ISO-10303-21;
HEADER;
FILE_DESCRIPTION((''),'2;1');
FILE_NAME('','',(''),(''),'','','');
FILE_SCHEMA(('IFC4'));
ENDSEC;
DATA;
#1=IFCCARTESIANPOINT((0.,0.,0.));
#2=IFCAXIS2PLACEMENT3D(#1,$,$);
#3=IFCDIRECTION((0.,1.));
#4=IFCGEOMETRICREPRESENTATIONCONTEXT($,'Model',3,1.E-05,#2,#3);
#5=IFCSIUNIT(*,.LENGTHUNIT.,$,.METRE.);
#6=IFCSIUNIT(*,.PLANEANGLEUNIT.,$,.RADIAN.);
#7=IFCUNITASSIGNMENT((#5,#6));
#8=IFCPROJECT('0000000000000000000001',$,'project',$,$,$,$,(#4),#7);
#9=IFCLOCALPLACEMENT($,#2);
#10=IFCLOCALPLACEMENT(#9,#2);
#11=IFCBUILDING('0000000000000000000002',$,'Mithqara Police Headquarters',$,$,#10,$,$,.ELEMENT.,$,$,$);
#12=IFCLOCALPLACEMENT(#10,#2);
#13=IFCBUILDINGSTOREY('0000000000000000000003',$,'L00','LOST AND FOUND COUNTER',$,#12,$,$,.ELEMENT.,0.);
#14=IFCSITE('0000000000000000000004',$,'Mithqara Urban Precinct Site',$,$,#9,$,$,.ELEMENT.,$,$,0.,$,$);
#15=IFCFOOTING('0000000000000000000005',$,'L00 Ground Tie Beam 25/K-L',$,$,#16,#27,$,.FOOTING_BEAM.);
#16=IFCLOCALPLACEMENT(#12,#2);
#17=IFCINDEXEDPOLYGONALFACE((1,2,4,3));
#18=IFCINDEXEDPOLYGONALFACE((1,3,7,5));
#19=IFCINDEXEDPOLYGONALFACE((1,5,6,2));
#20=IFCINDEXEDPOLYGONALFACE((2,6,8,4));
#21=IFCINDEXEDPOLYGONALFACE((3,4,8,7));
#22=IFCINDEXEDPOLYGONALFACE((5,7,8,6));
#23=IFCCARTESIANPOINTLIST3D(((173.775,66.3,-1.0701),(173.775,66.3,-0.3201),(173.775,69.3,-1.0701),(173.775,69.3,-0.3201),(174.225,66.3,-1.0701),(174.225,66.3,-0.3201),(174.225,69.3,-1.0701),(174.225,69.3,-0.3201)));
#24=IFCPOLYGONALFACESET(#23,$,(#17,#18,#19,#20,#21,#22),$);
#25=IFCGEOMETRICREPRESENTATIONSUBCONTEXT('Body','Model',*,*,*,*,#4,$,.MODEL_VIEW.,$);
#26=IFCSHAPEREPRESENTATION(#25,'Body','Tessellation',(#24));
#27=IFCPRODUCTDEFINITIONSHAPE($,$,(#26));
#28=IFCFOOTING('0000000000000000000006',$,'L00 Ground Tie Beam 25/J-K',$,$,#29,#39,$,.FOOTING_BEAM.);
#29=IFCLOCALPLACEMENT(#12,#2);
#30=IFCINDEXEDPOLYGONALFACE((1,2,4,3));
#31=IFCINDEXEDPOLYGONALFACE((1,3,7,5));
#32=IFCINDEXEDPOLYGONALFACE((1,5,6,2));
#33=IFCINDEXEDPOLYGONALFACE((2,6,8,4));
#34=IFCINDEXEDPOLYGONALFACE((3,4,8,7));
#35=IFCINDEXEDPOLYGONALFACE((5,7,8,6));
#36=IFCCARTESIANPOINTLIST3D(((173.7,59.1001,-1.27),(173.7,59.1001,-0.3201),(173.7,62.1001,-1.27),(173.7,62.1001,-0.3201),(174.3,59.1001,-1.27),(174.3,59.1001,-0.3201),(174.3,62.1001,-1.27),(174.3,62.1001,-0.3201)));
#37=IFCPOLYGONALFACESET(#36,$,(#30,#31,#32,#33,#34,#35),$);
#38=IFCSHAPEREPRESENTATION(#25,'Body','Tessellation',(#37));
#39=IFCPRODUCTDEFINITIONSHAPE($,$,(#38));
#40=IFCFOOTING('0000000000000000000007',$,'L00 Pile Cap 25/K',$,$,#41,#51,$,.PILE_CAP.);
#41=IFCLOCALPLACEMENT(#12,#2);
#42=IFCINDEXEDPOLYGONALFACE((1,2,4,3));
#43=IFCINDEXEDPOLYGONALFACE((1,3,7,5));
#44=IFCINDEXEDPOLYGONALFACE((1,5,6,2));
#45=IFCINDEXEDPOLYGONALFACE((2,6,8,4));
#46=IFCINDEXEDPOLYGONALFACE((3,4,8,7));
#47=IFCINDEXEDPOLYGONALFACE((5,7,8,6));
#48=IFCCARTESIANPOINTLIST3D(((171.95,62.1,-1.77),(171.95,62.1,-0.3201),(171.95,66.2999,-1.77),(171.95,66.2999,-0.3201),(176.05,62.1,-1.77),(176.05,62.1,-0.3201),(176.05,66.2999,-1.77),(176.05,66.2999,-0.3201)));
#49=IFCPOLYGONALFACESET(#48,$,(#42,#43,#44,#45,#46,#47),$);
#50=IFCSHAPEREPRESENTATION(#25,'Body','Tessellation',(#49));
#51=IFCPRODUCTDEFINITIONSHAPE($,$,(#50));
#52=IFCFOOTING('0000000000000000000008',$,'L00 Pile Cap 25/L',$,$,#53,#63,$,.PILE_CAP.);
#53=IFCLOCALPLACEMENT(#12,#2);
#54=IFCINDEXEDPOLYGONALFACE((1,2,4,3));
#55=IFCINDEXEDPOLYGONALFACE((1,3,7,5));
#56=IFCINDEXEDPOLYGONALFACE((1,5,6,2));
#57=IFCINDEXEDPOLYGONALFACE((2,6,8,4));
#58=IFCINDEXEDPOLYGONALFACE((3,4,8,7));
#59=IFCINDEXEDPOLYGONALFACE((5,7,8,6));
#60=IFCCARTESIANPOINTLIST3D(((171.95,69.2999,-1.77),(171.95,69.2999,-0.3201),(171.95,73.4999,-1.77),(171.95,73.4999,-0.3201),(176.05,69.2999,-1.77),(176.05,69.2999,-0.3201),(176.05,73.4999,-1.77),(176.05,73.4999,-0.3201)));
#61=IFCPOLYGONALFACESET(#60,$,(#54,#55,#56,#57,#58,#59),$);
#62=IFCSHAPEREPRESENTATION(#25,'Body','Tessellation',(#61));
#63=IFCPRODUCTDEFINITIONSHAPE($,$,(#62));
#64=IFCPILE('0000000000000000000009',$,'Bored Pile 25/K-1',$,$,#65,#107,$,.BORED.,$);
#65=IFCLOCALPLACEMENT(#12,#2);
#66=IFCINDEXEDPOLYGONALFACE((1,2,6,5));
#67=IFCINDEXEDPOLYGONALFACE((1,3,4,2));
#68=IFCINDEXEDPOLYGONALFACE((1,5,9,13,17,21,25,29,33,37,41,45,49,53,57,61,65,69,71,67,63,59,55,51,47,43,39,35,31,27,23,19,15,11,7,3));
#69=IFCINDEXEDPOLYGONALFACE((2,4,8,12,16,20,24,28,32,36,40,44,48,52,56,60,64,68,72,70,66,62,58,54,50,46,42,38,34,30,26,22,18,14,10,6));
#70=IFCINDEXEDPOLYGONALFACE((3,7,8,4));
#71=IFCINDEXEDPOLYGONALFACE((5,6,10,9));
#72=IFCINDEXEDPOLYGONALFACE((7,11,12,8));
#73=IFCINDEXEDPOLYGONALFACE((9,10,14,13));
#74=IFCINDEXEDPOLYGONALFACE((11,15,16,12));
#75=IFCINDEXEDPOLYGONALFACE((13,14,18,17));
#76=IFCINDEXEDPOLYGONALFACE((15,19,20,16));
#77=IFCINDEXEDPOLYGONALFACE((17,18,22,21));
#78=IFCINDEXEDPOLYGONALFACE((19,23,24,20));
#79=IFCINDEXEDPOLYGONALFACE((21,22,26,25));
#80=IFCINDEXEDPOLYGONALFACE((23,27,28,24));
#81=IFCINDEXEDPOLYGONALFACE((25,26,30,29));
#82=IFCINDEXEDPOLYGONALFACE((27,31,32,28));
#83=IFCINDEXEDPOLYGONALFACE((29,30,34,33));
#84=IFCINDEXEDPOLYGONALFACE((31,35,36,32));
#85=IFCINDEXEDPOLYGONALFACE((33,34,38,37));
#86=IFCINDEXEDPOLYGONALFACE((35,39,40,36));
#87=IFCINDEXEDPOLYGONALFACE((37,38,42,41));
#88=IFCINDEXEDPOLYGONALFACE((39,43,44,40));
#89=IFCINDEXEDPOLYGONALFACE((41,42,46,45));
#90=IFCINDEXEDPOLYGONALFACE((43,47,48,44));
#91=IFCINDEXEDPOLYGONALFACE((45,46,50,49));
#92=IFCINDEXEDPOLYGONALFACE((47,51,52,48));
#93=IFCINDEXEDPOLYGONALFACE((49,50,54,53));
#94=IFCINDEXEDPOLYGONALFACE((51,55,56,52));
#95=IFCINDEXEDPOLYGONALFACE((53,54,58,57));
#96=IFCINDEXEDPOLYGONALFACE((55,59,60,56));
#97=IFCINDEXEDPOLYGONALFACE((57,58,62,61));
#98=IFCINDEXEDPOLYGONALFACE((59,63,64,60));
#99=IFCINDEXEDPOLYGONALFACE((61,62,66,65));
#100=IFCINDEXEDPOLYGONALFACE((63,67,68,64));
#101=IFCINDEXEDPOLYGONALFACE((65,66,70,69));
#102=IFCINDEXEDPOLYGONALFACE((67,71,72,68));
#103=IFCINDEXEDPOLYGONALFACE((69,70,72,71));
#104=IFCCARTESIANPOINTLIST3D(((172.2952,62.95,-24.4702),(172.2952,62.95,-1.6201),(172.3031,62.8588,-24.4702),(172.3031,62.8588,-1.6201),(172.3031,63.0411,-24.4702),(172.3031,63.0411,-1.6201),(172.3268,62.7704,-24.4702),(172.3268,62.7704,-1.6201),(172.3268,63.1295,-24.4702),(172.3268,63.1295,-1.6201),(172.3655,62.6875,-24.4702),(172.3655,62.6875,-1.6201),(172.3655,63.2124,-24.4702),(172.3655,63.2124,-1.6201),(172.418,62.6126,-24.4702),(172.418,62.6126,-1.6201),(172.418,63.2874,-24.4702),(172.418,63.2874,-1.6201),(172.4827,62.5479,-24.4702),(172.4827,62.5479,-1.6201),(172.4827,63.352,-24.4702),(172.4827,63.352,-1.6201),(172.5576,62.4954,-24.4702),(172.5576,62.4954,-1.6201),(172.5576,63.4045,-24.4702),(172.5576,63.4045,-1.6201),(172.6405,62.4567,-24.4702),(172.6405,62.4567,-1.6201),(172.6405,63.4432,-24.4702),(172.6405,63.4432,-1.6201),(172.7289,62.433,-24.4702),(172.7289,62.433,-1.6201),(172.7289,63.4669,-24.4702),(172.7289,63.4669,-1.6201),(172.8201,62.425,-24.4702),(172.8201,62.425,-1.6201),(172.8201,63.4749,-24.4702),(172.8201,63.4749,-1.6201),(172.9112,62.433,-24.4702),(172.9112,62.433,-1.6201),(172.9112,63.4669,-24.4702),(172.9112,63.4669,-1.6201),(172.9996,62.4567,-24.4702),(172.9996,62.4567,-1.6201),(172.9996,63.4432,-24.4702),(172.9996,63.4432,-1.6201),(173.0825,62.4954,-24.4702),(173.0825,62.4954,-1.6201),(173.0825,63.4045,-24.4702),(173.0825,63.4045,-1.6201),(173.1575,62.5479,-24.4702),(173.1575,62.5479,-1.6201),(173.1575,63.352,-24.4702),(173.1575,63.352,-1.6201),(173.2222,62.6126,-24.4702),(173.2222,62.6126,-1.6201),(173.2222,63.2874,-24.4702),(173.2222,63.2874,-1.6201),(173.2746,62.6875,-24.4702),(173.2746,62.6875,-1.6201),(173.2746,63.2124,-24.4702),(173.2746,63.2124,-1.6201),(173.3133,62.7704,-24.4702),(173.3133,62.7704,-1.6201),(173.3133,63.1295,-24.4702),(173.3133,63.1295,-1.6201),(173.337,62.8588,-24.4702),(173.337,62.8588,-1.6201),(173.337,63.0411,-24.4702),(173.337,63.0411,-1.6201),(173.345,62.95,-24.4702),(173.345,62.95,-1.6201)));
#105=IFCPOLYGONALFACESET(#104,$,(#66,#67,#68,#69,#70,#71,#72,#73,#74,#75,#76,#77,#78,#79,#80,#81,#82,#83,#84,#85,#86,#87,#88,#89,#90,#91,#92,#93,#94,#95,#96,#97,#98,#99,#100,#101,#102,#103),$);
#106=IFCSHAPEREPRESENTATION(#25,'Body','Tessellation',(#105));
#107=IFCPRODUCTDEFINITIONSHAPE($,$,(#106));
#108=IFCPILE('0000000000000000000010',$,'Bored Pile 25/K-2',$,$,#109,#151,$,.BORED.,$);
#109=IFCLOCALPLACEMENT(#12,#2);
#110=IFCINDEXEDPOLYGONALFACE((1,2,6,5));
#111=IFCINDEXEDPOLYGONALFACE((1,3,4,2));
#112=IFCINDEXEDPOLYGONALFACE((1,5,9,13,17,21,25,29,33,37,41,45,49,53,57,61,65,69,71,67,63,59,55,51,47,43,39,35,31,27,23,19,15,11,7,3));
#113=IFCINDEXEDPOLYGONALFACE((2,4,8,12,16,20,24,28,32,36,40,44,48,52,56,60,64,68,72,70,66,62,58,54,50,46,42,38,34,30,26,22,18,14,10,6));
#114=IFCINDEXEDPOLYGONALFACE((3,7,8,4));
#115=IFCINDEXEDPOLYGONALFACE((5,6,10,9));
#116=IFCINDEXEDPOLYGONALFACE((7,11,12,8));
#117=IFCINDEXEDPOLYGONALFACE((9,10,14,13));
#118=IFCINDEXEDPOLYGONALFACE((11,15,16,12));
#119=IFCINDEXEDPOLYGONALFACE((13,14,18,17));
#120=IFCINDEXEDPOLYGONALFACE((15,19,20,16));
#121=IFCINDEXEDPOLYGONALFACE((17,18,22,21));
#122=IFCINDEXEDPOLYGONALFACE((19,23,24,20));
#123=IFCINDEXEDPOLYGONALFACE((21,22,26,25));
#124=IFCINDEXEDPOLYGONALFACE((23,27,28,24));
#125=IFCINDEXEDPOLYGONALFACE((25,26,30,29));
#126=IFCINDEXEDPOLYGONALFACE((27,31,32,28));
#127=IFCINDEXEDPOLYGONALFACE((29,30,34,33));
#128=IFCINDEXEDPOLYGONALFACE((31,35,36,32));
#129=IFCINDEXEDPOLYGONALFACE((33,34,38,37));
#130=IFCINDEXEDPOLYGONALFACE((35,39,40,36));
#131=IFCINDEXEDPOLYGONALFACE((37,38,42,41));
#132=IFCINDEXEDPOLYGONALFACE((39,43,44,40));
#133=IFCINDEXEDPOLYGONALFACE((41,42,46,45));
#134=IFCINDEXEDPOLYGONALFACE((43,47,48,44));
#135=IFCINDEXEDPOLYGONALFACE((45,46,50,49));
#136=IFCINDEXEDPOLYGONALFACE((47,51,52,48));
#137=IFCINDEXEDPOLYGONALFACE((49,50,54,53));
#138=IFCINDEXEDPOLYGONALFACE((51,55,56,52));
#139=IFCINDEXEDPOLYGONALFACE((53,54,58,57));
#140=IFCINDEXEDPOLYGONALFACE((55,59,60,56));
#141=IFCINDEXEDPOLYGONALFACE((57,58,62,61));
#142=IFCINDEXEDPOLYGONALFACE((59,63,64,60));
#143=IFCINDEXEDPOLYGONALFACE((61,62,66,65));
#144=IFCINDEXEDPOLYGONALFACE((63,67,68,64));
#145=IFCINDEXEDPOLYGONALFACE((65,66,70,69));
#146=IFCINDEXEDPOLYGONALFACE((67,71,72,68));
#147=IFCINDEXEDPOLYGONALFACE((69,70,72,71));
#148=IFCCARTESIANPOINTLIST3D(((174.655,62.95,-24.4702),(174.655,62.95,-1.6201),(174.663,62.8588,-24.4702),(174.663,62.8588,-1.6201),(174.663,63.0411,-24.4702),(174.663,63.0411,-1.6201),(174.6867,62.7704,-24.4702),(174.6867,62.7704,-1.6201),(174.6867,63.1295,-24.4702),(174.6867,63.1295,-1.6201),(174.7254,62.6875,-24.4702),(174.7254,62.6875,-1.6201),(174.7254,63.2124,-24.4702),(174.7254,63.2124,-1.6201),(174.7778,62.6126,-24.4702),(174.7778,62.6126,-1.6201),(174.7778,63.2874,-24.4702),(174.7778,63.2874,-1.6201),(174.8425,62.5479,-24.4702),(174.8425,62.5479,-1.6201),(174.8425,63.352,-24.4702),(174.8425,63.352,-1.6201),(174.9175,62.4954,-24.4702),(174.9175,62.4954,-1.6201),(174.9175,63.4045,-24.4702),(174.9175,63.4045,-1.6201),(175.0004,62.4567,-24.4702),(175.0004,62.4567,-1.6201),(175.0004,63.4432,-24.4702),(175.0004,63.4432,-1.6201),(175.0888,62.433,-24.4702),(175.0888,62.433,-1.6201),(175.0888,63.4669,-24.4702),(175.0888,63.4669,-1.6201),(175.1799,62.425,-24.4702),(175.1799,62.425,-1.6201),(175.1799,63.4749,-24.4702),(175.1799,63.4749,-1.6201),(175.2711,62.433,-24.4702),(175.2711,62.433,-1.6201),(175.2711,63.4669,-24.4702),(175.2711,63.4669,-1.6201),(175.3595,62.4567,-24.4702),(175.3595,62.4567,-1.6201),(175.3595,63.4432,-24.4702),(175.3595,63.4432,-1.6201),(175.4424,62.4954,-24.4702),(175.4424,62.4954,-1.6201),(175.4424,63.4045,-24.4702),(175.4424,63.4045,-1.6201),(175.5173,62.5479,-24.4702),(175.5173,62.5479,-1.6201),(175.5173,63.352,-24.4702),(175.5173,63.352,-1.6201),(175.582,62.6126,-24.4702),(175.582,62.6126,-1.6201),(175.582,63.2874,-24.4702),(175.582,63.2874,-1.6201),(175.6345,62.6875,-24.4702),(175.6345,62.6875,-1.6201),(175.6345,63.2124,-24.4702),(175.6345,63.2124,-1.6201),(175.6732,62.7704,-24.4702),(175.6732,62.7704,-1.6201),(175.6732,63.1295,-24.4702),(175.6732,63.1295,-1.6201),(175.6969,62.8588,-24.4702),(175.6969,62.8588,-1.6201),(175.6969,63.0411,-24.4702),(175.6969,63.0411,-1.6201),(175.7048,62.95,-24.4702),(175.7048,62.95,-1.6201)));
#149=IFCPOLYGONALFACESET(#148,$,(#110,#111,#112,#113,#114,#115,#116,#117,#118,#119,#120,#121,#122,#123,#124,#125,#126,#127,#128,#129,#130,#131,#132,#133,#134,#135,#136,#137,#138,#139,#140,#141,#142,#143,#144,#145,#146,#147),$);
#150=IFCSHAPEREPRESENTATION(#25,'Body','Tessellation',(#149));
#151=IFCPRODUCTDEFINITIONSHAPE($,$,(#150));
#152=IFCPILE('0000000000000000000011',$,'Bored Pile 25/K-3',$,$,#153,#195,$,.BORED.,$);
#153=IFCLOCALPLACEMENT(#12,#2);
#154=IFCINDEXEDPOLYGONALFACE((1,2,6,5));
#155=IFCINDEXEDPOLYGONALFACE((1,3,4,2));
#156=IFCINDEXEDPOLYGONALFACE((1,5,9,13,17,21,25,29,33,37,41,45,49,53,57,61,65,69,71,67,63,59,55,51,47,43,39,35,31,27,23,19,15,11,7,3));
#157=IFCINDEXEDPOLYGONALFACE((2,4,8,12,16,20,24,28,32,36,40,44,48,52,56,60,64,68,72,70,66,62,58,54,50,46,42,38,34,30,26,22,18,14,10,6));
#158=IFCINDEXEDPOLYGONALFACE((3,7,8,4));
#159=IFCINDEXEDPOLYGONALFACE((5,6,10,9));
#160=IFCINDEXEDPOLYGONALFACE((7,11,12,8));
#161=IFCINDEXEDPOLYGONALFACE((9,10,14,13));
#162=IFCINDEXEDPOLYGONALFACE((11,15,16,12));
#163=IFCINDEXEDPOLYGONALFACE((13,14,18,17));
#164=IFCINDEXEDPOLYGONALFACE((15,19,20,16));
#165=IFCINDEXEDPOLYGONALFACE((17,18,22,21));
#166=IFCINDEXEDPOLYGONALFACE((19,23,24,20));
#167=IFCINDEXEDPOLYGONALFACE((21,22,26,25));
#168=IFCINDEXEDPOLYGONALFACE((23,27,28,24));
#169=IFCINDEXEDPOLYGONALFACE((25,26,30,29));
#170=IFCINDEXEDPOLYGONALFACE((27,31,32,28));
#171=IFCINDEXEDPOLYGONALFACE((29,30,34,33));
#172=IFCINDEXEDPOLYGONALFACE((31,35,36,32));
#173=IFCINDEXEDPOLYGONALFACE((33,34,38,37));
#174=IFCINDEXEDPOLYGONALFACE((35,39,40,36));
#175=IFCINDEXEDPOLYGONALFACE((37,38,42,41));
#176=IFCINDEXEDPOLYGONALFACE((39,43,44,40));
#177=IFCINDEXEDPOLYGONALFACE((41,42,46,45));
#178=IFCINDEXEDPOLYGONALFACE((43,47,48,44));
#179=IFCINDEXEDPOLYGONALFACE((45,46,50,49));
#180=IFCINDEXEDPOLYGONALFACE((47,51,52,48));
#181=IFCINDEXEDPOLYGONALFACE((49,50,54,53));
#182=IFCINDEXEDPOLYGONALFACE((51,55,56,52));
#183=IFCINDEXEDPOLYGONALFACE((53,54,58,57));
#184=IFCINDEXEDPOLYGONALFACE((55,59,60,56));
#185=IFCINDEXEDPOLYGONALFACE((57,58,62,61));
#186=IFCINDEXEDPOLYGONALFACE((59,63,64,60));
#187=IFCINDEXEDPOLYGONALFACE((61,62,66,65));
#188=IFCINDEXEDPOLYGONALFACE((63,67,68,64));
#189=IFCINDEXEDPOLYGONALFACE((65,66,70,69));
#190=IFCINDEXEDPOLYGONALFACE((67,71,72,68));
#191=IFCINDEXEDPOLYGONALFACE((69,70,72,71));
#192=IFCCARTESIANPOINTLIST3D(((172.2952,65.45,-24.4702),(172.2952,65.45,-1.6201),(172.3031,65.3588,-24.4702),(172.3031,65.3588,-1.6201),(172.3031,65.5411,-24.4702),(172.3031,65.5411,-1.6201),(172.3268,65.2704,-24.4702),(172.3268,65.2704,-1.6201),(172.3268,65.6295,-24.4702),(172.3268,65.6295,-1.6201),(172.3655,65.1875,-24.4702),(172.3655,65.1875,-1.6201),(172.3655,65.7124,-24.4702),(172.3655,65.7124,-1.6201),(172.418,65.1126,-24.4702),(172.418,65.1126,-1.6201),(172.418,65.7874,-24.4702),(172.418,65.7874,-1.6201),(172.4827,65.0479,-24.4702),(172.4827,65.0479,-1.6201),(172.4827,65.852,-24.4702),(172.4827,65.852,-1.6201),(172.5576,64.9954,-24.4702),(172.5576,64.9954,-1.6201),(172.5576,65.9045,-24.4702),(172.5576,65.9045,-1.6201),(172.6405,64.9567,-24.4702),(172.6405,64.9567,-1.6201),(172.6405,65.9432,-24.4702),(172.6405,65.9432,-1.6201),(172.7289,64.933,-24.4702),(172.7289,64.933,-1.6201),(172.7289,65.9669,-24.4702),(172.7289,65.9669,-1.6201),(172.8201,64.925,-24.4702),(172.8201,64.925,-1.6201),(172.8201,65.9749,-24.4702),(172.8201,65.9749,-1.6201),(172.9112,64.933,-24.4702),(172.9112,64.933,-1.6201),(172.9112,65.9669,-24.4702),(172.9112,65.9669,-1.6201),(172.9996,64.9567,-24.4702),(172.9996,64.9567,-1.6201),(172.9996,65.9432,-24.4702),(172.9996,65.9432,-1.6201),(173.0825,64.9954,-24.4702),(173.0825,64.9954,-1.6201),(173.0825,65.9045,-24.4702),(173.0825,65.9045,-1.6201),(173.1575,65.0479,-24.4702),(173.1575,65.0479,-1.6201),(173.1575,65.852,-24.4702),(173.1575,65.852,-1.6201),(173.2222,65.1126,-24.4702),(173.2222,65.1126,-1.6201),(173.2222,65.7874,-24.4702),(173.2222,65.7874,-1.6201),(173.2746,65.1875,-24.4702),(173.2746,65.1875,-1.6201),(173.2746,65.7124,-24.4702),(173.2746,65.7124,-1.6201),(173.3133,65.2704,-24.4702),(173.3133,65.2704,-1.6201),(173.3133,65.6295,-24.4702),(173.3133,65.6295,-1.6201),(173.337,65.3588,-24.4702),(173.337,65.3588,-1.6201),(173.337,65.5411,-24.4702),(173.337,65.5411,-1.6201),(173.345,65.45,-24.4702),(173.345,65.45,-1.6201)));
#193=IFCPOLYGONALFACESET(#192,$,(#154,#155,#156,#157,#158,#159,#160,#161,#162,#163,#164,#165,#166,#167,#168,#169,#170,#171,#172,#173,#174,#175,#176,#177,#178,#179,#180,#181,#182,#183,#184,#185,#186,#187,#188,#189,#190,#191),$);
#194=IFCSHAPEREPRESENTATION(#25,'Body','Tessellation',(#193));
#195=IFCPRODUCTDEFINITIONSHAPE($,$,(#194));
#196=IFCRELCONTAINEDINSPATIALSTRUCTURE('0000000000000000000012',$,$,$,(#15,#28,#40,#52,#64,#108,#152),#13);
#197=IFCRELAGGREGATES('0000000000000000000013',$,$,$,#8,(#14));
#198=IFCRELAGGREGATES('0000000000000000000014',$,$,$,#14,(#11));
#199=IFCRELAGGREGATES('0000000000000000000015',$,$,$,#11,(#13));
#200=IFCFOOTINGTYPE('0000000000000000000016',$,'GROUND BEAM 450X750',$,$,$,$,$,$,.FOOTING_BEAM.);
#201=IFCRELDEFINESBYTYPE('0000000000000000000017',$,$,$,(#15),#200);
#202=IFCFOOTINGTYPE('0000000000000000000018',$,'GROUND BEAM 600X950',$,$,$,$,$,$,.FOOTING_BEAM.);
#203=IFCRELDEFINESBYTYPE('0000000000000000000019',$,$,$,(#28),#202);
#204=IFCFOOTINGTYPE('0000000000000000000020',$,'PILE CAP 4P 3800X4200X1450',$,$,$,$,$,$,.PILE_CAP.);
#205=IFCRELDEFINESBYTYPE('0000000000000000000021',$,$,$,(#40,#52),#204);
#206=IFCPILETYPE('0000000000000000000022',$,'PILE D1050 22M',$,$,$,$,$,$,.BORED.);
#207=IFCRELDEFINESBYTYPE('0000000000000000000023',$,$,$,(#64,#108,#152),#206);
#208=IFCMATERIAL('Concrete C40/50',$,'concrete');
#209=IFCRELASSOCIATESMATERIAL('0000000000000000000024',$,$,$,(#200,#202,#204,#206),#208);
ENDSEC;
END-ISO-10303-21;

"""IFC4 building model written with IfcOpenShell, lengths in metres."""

from ifc_helpers import new_model, si_unit, direction, frame, origin, origin_2d, place, context, subcontext, project, spatial, rectangle, circle, extrude, material, material_profile, profile_set, type_object, element, save


model = new_model("IFC4")

# Units and contexts
model_context = context("Model", 3, precision=1e-05, world=origin(), true_north=direction((0.0, 1.0)))
body_context = subcontext(model_context, "Body", "Model", "MODEL_VIEW")
ifc_project = project(units=[si_unit("LENGTHUNIT", "METRE"), si_unit("PLANEANGLEUNIT", "RADIAN")], contexts=[model_context])

# Site, building, storey
site_placement = place(None, origin())
site = spatial("IfcSite", under=ifc_project, at=site_placement, Name="Mithqara Urban Precinct Site", CompositionType="ELEMENT", RefElevation=0.0)
building_placement = place(site_placement, origin())
building = spatial("IfcBuilding", under=site, at=building_placement, Name="Mithqara Police Headquarters", CompositionType="ELEMENT")
storey_placement = place(building_placement, origin())
storey = spatial("IfcBuildingStorey", under=building, at=storey_placement, Name="L00", Description="LOST AND FOUND COUNTER", CompositionType="ELEMENT", Elevation=0.0)

# Footings
ifc_material_1 = material(Name="Concrete C40/50", Category="concrete")
footing_type_1 = type_object("IfcFootingType", Name="GROUND BEAM 450X750", PredefinedType="FOOTING_BEAM", material=ifc_material_1)
footing_1_placement = place(storey_placement, frame((174.0, 67.8, -1.0701), z_axis=(0.0, 0.0, 1.0), x_axis=(1.0, 0.0, 0.0)))
element("IfcFooting", 1, at=footing_1_placement, inside=storey, type_object=footing_type_1, Name="L00 Ground Tie Beam 25/K-L", PredefinedType="FOOTING_BEAM", context=body_context, shape_type="SweptSolid", body=[
    extrude(rectangle(XDim=0.45, YDim=3.0, at=origin_2d()), origin(), (0.0, 0.0, 1.0), 0.75),
])
footing_type_2 = type_object("IfcFootingType", Name="GROUND BEAM 600X950", PredefinedType="FOOTING_BEAM", material=ifc_material_1)
footing_2_placement = place(storey_placement, frame((174.0, 60.6001, -1.27), z_axis=(0.0, 0.0, 1.0), x_axis=(1.0, 0.0, 0.0)))
element("IfcFooting", 2, at=footing_2_placement, inside=storey, type_object=footing_type_2, Name="L00 Ground Tie Beam 25/J-K", PredefinedType="FOOTING_BEAM", context=body_context, shape_type="SweptSolid", body=[
    extrude(rectangle(XDim=0.6001, YDim=3.0, at=origin_2d()), origin(), (0.0, 0.0, 1.0), 0.95),
])
footing_type_3 = type_object("IfcFootingType", Name="PILE CAP 4P 3800X4200X1450", PredefinedType="PILE_CAP", material=ifc_material_1)
for number, where, z_axis, x_axis, name in (
    (3, (174.0, 64.2, -1.77), (0.0, 0.0, 1.0), (1.0, 0.0, 0.0), "L00 Pile Cap 25/K"),
    (4, (174.0, 71.3999, -1.77), (0.0, 0.0, 1.0), (1.0, 0.0, 0.0), "L00 Pile Cap 25/L"),
):
    element("IfcFooting", number, at=place(storey_placement, frame(where, z_axis=z_axis, x_axis=x_axis)), inside=storey, type_object=footing_type_3, Name=name, PredefinedType="PILE_CAP", context=body_context, shape_type="SweptSolid", body=[
        extrude(rectangle(XDim=4.1001, YDim=4.2, at=origin_2d()), origin(), (0.0, 0.0, 1.0), 1.45),
    ])

# Piles
ifc_material_profile_1 = material_profile(ifc_material_1, circle(Radius=0.5249, at=origin_2d()), Name="PILE D1050")
ifc_profile_set_1 = profile_set([ifc_material_profile_1], Name="Concrete C40/50")
pile_type = type_object("IfcPileType", Name="PILE D1050 22M", PredefinedType="BORED", material=ifc_profile_set_1)
for number, where, z_axis, x_axis, name in (
    (5, (172.8201, 62.95, -1.6201), (0.0, 0.0, -1.0), (1.0, 0.0, 0.0), "Bored Pile 25/K-1"),
    (6, (175.1799, 62.95, -1.6201), (0.0, 0.0, -1.0), (1.0, 0.0, 0.0), "Bored Pile 25/K-2"),
    (7, (172.8201, 65.45, -1.6201), (0.0, 0.0, -1.0), (1.0, 0.0, 0.0), "Bored Pile 25/K-3"),
):
    element("IfcPile", number, at=place(storey_placement, frame(where, z_axis=z_axis, x_axis=x_axis)), inside=storey, type_object=pile_type, Name=name, PredefinedType="BORED", context=body_context, shape_type="SweptSolid", body=[
        extrude(circle(Radius=0.5249, at=origin_2d()), origin(), (0.0, 0.0, 1.0), 22.8501),
    ])

save(model, "model.ifc")
